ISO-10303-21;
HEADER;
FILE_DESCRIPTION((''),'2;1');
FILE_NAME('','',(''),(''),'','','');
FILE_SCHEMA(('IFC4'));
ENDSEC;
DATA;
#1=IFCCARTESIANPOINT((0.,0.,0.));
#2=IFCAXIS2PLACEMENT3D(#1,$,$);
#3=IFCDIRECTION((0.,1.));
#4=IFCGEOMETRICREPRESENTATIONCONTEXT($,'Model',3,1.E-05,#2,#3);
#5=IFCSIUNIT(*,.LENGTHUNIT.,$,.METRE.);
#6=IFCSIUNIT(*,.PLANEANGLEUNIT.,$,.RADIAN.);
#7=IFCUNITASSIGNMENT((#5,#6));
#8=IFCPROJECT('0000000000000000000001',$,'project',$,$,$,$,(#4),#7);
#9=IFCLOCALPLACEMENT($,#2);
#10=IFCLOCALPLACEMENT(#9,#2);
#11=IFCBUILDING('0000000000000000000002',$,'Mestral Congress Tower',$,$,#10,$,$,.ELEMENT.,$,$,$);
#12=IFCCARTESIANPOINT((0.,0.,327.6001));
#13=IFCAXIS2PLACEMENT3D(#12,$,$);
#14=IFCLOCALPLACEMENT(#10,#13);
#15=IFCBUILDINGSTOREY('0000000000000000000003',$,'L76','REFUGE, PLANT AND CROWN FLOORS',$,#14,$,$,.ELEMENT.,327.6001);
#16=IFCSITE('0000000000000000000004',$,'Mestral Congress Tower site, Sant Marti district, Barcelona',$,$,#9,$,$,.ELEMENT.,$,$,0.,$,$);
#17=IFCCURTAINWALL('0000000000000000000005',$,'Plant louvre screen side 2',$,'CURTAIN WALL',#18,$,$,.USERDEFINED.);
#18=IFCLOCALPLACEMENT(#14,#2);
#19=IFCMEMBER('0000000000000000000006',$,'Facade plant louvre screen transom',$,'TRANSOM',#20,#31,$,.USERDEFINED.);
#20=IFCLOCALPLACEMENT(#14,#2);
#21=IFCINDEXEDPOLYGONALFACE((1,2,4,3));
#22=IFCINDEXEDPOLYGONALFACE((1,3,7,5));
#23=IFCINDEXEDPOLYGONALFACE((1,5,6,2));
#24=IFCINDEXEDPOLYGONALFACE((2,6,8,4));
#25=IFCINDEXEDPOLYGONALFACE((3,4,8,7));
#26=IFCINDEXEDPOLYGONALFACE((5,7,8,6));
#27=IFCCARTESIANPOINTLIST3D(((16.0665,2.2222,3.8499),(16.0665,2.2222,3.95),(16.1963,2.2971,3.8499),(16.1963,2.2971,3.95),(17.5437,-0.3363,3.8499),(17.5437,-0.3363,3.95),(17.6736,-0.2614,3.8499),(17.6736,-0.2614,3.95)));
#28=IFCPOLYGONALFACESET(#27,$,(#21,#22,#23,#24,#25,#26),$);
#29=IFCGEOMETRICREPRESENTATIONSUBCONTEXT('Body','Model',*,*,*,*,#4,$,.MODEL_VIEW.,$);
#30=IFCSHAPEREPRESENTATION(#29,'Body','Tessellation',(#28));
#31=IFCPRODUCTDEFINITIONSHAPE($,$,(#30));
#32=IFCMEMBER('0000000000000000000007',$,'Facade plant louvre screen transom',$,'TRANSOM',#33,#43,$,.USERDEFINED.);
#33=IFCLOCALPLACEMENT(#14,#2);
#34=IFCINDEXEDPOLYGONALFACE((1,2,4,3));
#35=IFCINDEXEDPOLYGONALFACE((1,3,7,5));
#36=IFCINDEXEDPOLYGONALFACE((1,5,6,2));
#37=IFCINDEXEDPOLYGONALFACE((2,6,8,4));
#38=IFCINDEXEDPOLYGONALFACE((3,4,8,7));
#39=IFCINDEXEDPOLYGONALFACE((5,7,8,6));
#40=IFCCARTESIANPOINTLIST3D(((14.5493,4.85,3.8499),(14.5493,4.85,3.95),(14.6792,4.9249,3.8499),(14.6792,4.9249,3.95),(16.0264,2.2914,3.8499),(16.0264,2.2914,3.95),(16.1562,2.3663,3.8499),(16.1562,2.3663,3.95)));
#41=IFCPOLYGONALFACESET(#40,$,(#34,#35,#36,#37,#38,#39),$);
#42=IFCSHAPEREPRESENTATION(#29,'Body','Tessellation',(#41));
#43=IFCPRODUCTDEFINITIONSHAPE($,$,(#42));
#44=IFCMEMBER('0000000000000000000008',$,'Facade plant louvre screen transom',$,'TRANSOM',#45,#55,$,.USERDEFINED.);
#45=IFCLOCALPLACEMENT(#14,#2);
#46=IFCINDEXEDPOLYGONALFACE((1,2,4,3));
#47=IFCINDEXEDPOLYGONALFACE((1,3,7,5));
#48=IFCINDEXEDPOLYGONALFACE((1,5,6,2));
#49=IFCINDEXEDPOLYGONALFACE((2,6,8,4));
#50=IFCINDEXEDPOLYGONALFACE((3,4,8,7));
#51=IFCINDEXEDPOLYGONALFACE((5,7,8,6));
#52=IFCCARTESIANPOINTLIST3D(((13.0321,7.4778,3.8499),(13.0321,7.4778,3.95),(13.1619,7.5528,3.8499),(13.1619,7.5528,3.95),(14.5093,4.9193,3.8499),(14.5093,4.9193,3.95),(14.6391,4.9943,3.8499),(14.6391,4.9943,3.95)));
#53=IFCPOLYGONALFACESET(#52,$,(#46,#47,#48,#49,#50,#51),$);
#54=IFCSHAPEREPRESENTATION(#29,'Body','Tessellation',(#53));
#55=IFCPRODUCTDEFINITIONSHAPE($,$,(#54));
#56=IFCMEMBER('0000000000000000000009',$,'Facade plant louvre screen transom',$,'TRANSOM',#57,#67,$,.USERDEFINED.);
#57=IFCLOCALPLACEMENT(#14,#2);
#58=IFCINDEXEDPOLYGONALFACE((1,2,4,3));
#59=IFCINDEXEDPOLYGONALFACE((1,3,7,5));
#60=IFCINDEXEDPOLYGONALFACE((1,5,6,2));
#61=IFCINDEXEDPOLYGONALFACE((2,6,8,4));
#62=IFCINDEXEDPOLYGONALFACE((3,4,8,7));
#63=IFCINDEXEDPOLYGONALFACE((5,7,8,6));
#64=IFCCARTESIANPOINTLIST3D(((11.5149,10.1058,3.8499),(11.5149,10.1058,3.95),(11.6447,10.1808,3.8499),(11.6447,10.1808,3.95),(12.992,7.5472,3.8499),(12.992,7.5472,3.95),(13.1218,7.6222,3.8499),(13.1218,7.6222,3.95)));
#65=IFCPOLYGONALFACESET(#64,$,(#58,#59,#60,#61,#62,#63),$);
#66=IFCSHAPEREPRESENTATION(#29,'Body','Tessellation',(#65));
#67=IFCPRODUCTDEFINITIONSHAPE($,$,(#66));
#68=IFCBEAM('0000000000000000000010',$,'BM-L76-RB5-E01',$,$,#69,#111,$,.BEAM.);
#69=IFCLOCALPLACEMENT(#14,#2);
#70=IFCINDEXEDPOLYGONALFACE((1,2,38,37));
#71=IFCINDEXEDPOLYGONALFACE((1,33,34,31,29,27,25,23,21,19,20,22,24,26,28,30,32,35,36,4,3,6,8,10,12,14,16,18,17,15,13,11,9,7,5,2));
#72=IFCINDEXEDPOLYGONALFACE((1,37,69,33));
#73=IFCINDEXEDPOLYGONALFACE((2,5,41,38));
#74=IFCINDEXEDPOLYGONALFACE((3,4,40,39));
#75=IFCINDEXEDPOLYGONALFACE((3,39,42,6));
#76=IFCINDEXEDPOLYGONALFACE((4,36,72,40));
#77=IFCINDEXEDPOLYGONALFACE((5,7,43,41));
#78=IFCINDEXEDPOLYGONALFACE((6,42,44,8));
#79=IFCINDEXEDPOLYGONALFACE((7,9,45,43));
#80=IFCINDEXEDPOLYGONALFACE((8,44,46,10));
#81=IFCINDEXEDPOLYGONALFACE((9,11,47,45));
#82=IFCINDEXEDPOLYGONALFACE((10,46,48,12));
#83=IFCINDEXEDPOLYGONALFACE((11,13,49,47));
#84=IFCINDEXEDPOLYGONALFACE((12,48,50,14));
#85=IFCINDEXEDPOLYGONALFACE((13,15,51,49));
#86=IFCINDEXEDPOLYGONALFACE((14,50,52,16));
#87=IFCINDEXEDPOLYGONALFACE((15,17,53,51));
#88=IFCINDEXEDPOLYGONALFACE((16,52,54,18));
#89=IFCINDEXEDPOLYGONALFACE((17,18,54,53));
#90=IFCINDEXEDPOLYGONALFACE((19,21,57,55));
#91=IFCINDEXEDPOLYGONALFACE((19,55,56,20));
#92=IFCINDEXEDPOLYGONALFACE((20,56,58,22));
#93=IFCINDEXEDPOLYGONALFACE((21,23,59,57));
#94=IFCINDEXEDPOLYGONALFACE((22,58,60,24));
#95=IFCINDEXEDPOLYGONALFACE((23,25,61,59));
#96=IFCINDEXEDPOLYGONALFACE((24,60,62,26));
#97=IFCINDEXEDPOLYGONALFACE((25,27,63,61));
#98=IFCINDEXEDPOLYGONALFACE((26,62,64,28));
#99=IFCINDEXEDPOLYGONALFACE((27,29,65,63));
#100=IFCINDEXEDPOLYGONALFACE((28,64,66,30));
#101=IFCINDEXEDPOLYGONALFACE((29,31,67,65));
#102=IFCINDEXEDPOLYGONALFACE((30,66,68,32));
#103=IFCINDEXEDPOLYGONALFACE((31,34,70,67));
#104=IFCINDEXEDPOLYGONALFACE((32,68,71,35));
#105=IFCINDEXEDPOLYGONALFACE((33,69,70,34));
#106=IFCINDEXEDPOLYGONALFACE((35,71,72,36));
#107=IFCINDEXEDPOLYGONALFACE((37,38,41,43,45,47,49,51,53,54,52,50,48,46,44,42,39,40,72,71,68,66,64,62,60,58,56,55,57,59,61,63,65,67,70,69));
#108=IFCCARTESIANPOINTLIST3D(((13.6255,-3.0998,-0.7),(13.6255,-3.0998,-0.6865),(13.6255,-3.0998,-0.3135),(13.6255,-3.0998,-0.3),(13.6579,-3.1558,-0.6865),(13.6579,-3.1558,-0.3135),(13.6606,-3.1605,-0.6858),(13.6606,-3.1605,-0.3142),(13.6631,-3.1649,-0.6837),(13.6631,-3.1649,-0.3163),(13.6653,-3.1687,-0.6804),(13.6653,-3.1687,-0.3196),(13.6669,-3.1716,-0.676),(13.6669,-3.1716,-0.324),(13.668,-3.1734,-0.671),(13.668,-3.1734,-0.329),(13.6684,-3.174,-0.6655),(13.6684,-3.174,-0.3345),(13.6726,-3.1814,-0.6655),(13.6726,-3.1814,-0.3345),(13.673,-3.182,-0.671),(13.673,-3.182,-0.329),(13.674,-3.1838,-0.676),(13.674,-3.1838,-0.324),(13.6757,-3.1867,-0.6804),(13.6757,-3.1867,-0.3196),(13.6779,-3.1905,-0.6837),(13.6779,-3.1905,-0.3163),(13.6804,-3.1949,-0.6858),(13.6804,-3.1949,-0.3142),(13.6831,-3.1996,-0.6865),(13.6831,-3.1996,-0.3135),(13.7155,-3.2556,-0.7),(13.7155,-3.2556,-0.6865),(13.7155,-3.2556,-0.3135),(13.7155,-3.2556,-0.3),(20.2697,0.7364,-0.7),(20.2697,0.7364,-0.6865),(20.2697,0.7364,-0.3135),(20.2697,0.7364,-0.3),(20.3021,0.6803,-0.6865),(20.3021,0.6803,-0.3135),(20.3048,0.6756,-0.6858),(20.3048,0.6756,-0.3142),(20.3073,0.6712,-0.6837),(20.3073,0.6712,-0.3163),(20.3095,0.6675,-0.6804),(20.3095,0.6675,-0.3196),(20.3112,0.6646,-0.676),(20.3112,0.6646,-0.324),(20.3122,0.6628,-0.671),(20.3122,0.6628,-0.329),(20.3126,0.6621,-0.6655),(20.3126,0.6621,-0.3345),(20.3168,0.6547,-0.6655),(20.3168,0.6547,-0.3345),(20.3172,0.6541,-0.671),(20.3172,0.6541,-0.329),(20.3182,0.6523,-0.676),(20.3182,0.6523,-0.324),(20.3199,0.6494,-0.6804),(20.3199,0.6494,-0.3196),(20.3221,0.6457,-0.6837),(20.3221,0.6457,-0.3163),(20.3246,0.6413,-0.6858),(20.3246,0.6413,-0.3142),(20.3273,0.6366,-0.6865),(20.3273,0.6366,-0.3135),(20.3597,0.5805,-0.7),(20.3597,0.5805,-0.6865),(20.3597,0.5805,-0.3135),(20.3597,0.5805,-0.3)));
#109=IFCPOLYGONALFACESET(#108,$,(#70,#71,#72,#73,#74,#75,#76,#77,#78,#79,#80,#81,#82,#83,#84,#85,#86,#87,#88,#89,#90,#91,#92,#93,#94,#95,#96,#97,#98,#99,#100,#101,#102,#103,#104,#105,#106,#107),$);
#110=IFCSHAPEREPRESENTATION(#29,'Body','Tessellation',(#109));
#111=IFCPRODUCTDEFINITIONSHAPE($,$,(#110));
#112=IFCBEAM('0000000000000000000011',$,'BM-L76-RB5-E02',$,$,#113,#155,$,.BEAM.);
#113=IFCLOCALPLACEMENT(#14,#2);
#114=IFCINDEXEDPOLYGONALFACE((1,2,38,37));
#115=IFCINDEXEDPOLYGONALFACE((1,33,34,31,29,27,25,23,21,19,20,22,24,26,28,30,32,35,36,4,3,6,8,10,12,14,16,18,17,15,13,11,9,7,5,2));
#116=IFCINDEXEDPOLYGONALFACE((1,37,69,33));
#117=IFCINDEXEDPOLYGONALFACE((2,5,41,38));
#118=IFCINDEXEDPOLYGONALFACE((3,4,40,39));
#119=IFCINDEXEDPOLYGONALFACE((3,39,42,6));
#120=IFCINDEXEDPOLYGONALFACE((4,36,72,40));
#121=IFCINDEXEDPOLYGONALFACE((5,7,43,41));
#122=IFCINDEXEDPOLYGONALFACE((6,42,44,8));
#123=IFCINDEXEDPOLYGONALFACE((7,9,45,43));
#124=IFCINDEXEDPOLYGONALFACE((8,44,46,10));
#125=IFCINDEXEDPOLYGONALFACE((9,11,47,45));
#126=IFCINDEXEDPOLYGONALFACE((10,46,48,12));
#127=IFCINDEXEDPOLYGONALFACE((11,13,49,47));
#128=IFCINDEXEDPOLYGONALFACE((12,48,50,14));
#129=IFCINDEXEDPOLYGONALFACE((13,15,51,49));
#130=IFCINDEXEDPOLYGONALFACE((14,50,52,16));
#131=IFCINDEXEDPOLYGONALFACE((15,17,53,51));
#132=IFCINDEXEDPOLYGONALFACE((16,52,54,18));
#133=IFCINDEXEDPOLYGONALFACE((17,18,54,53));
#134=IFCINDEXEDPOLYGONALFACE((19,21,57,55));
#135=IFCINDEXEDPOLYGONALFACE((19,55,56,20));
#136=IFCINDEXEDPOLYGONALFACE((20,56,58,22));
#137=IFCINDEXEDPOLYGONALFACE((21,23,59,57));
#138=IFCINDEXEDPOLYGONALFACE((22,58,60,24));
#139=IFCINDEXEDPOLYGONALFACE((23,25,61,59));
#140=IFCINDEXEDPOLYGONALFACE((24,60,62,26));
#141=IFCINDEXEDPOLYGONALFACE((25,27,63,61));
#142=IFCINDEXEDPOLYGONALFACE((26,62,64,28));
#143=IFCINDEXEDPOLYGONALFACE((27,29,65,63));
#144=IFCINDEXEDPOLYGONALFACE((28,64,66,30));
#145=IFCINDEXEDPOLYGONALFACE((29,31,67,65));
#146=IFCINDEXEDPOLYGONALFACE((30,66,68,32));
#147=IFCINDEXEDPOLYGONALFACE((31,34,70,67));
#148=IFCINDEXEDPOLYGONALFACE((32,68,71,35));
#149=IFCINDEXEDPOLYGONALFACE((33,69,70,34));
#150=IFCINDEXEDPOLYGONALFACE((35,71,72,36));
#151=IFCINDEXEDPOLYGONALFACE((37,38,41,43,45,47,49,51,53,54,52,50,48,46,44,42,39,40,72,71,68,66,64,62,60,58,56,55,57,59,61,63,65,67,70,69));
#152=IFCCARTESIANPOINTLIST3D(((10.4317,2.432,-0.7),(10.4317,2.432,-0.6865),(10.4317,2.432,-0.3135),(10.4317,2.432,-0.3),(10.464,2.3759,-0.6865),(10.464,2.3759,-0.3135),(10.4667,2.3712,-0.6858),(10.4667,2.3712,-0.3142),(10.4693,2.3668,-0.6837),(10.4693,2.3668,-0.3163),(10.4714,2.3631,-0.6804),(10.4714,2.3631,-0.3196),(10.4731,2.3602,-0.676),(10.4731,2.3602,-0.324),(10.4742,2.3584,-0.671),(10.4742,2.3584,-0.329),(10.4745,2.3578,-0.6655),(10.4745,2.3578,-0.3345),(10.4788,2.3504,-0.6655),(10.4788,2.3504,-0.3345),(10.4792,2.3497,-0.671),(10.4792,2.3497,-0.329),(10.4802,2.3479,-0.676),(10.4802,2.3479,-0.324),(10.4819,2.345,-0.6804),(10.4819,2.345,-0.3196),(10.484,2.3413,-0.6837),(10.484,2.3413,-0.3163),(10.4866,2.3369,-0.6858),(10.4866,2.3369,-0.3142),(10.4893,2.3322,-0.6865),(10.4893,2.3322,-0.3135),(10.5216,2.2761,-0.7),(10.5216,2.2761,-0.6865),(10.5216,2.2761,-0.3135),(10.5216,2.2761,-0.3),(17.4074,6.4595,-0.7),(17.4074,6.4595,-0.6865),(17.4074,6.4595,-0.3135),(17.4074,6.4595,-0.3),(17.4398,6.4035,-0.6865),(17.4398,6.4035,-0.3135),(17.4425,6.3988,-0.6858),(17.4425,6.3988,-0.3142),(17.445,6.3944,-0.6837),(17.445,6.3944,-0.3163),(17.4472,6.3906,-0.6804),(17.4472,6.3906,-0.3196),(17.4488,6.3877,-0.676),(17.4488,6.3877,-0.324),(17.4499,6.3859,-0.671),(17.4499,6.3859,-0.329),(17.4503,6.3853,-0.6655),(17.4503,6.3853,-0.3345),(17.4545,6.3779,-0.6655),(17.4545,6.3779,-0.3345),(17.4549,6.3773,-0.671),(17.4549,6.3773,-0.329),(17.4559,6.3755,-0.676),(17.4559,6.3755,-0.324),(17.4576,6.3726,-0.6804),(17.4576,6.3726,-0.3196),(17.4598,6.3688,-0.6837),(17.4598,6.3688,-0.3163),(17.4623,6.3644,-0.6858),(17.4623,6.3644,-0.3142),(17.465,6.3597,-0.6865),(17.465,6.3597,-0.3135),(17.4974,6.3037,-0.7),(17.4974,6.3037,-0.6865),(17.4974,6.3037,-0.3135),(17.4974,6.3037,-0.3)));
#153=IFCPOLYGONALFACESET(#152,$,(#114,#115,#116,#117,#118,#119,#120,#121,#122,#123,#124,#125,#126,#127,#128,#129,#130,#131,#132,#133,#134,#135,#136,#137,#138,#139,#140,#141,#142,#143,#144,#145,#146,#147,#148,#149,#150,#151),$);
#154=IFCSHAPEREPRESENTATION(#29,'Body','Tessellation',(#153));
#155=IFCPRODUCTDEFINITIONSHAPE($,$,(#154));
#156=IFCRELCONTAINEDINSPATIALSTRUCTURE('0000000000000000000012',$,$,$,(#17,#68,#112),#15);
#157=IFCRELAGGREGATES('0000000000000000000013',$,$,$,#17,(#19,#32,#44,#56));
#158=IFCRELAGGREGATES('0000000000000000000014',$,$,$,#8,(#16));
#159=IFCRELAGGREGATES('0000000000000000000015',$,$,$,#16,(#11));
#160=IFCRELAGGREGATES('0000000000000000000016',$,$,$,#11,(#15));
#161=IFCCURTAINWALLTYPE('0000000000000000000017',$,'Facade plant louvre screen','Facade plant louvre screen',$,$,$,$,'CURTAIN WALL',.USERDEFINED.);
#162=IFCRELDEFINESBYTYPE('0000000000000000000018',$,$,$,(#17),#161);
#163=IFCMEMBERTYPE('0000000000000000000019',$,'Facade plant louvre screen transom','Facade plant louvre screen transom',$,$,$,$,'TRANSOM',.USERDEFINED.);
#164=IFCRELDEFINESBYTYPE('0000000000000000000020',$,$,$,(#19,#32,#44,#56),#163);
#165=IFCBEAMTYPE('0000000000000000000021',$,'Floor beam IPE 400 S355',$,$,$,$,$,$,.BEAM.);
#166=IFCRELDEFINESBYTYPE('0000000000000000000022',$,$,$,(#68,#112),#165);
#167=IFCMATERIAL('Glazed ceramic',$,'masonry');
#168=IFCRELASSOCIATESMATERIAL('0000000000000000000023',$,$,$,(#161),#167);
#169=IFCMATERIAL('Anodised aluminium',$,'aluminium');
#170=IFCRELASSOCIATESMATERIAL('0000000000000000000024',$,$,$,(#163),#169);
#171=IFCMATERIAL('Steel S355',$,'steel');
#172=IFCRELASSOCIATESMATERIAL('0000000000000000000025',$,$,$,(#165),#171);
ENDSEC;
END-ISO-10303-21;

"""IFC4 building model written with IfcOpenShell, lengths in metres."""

from ifc_helpers import new_model, si_unit, direction, frame, origin, origin_2d, place, context, subcontext, project, spatial, rectangle, i_section, extrude, material, material_profile, profile_set, type_object, element, aggregate, save


model = new_model("IFC4")

# Units and contexts
model_context = context("Model", 3, precision=1e-05, world=origin(), true_north=direction((0.0, 1.0)))
body_context = subcontext(model_context, "Body", "Model", "MODEL_VIEW")
ifc_project = project(units=[si_unit("LENGTHUNIT", "METRE"), si_unit("PLANEANGLEUNIT", "RADIAN")], contexts=[model_context])

# Site, building, storey
site_placement = place(None, origin())
site = spatial("IfcSite", under=ifc_project, at=site_placement, Name="Mestral Congress Tower site, Sant Marti district, Barcelona", CompositionType="ELEMENT", RefElevation=0.0)
building_placement = place(site_placement, origin())
building = spatial("IfcBuilding", under=site, at=building_placement, Name="Mestral Congress Tower", CompositionType="ELEMENT")
storey_placement = place(building_placement, frame((0.0, 0.0, 327.6001)))
storey = spatial("IfcBuildingStorey", under=building, at=storey_placement, Name="L76", Description="REFUGE, PLANT AND CROWN FLOORS", CompositionType="ELEMENT", Elevation=327.6001)

# Shared definitions
ifc_material_1 = material(Name="Steel S355", Category="steel")

# Curtain wall, members
ifc_material_2 = material(Name="Glazed ceramic", Category="masonry")
curtain_wall_type = type_object("IfcCurtainWallType", Name="Facade plant louvre screen", Description="Facade plant louvre screen", ElementType="CURTAIN WALL", PredefinedType="USERDEFINED", material=ifc_material_2)
curtain_wall_placement = place(storey_placement, origin())
curtain_wall = element("IfcCurtainWall", 1, at=curtain_wall_placement, inside=storey, type_object=curtain_wall_type, Name="Plant louvre screen side 2", ObjectType="CURTAIN WALL", PredefinedType="USERDEFINED")
ifc_material_3 = material(Name="Anodised aluminium", Category="aluminium")
ifc_material_profile_1 = material_profile(ifc_material_3, rectangle(XDim=0.1499, YDim=0.1001, at=origin_2d()), Name="CW6 transom 150 x 100")
ifc_profile_set_1 = profile_set([ifc_material_profile_1], Name="Anodised aluminium")
member_type_1 = type_object("IfcMemberType", Name="Facade plant louvre screen transom", Description="Facade plant louvre screen transom", ElementType="TRANSOM", PredefinedType="USERDEFINED", material=ifc_profile_set_1)
member_1_placement = place(storey_placement, frame((17.6086, -0.2988, 3.8999), z_axis=(-0.500023, 0.866012, 0.0), x_axis=(-0.866012, -0.500023, 0.0)))
member_1 = element("IfcMember", 2, at=member_1_placement, type_object=member_type_1, Name="Facade plant louvre screen transom", ObjectType="TRANSOM", PredefinedType="USERDEFINED", context=body_context, shape_type="SweptSolid", body=[
    extrude(rectangle(XDim=0.1499, YDim=0.1001, at=origin_2d()), origin(), (0.0, 0.0, 1.0), 2.9543),
])
member_2_placement = place(storey_placement, frame((16.0913, 2.3289, 3.8999), z_axis=(-0.499961, 0.866048, 0.0), x_axis=(-0.866048, -0.499961, 0.0)))
member_2 = element("IfcMember", 3, at=member_2_placement, type_object=member_type_1, Name="Facade plant louvre screen transom", ObjectType="TRANSOM", PredefinedType="USERDEFINED", context=body_context, shape_type="SweptSolid", body=[
    extrude(rectangle(XDim=0.1499, YDim=0.1001, at=origin_2d()), origin(), (0.0, 0.0, 1.0), 2.9543),
])
member_3_placement = place(storey_placement, frame((14.5742, 4.9568, 3.8999), z_axis=(-0.500023, 0.866012, 0.0), x_axis=(-0.866012, -0.500023, 0.0)))
member_3 = element("IfcMember", 4, at=member_3_placement, type_object=member_type_1, Name="Facade plant louvre screen transom", ObjectType="TRANSOM", PredefinedType="USERDEFINED", context=body_context, shape_type="SweptSolid", body=[
    extrude(rectangle(XDim=0.1499, YDim=0.1001, at=origin_2d()), origin(), (0.0, 0.0, 1.0), 2.9543),
])
member_4_placement = place(storey_placement, frame((13.0569, 7.5847, 3.8999), z_axis=(-0.499961, 0.866048, 0.0), x_axis=(-0.866048, -0.499961, 0.0)))
member_4 = element("IfcMember", 5, at=member_4_placement, type_object=member_type_1, Name="Facade plant louvre screen transom", ObjectType="TRANSOM", PredefinedType="USERDEFINED", context=body_context, shape_type="SweptSolid", body=[
    extrude(rectangle(XDim=0.1499, YDim=0.1001, at=origin_2d()), origin(), (0.0, 0.0, 1.0), 2.9543),
])

# Beams
ifc_material_profile_2 = material_profile(ifc_material_1, i_section(OverallWidth=0.1799, OverallDepth=0.3999, WebThickness=0.0085, FlangeThickness=0.0134, FilletRadius=0.021, at=origin_2d()), Name="IPE 400")
ifc_profile_set_2 = profile_set([ifc_material_profile_2], Name="Steel S355")
beam_type_1 = type_object("IfcBeamType", Name="Floor beam IPE 400 S355", PredefinedType="BEAM", material=ifc_profile_set_2)
beam_1_placement = place(storey_placement, frame((20.3147, 0.6584, -0.5), z_axis=(-0.86602, -0.50001, 0.0), x_axis=(0.50001, -0.86602, 0.0)))
element("IfcBeam", 6, at=beam_1_placement, inside=storey, type_object=beam_type_1, Name="BM-L76-RB5-E01", PredefinedType="BEAM", context=body_context, shape_type="SweptSolid", body=[
    extrude(i_section(OverallWidth=0.1799, OverallDepth=0.3999, WebThickness=0.0085, FlangeThickness=0.0134, FilletRadius=0.021, at=origin_2d()), origin(), (0.0, 0.0, 1.0), 7.6721),
])
beam_2_placement = place(storey_placement, frame((17.4524, 6.3816, -0.5), z_axis=(-0.866021, -0.500008, 0.0), x_axis=(0.500008, -0.866021, 0.0)))
element("IfcBeam", 7, at=beam_2_placement, inside=storey, type_object=beam_type_1, Name="BM-L76-RB5-E02", PredefinedType="BEAM", context=body_context, shape_type="SweptSolid", body=[
    extrude(i_section(OverallWidth=0.1799, OverallDepth=0.3999, WebThickness=0.0085, FlangeThickness=0.0134, FilletRadius=0.021, at=origin_2d()), origin(), (0.0, 0.0, 1.0), 8.0549),
])

aggregate(curtain_wall, [member_1, member_2, member_3, member_4])

save(model, "model.ifc")
